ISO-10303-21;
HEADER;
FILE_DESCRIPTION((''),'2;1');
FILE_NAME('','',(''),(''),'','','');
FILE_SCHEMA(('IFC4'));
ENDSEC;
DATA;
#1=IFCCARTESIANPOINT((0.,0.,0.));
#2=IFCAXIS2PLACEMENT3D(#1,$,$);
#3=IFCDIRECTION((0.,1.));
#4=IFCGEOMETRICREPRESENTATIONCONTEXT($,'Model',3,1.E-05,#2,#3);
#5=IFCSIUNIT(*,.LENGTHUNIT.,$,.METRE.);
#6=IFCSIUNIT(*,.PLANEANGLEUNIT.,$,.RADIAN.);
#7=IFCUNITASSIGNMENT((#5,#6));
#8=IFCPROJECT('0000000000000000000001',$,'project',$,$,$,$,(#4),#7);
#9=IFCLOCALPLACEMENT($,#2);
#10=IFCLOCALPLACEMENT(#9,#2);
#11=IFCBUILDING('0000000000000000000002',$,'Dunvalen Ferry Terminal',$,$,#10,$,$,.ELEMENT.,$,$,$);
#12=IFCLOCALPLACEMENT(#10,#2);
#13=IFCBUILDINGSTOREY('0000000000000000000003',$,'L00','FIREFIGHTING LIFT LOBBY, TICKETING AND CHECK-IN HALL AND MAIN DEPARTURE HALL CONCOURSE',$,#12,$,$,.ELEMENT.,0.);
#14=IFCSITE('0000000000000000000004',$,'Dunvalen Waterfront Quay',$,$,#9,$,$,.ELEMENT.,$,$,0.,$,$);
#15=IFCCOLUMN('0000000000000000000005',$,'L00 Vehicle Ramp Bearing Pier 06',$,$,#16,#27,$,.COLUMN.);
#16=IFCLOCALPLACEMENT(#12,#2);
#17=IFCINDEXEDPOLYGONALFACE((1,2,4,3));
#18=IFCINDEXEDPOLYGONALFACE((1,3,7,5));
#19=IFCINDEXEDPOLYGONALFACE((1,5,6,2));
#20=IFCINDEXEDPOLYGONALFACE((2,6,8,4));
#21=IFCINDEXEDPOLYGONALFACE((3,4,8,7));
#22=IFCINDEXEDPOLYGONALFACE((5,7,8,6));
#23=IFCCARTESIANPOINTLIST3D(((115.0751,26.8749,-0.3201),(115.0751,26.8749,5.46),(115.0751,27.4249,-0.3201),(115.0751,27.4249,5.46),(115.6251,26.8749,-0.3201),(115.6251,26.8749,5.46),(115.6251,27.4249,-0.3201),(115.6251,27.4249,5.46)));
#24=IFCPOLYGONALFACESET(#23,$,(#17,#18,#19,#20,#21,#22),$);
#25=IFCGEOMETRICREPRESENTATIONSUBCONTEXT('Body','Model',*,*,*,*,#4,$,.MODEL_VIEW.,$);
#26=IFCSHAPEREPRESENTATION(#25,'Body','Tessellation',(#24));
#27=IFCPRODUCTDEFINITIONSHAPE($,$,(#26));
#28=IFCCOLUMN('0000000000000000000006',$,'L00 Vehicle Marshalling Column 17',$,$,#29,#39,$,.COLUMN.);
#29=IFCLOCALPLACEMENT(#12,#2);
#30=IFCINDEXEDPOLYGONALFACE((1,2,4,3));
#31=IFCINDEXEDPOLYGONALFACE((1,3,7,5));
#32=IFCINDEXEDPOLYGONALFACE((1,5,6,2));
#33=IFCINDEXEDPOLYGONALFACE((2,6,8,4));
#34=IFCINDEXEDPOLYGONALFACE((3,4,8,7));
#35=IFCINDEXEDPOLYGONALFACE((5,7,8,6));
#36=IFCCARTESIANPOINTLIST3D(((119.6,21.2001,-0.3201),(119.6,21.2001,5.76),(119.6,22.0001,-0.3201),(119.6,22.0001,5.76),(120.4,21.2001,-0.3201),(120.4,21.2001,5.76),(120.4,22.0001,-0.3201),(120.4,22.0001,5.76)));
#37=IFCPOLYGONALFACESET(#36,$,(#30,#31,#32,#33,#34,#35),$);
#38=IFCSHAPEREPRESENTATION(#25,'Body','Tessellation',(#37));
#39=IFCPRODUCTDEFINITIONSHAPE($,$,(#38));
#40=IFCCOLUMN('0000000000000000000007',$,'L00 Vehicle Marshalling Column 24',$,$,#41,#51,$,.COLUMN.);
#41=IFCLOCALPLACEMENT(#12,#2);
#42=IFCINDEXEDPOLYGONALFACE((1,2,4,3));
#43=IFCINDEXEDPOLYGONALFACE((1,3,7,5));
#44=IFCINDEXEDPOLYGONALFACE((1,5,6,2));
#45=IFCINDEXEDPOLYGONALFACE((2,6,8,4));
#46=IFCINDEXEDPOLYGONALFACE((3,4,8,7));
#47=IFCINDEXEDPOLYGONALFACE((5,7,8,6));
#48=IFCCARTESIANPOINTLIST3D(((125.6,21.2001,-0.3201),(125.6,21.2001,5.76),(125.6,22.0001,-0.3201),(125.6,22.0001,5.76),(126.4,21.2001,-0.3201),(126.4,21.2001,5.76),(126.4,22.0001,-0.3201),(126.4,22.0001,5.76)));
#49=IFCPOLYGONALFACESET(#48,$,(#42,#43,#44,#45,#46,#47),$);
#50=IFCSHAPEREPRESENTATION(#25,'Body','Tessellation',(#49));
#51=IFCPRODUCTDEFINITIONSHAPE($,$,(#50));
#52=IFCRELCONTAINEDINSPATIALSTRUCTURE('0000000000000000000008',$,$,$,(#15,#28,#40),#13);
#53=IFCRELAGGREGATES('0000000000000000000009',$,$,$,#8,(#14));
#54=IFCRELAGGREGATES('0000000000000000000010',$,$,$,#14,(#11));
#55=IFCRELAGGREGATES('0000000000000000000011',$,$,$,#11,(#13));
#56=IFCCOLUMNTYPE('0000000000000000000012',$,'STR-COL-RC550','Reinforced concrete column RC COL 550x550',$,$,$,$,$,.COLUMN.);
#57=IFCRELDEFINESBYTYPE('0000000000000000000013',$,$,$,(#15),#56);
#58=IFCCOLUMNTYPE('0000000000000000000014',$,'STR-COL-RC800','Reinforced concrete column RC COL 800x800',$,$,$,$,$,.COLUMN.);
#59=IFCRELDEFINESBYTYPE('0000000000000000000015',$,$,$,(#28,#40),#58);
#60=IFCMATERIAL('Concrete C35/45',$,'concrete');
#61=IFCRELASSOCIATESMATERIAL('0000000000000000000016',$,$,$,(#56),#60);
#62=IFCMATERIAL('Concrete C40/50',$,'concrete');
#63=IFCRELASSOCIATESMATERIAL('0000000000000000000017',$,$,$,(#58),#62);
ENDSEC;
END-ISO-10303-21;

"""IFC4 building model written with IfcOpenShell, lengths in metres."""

from ifc_helpers import new_model, si_unit, direction, frame, origin, origin_2d, place, context, subcontext, project, spatial, rectangle, extrude, material, material_profile, profile_set, type_object, element, save


model = new_model("IFC4")

# Units and contexts
model_context = context("Model", 3, precision=1e-05, world=origin(), true_north=direction((0.0, 1.0)))
body_context = subcontext(model_context, "Body", "Model", "MODEL_VIEW")
ifc_project = project(units=[si_unit("LENGTHUNIT", "METRE"), si_unit("PLANEANGLEUNIT", "RADIAN")], contexts=[model_context])

# Site, building, storey
site_placement = place(None, origin())
site = spatial("IfcSite", under=ifc_project, at=site_placement, Name="Dunvalen Waterfront Quay", CompositionType="ELEMENT", RefElevation=0.0)
building_placement = place(site_placement, origin())
building = spatial("IfcBuilding", under=site, at=building_placement, Name="Dunvalen Ferry Terminal", CompositionType="ELEMENT")
storey_placement = place(building_placement, origin())
storey = spatial("IfcBuildingStorey", under=building, at=storey_placement, Name="L00", Description="FIREFIGHTING LIFT LOBBY, TICKETING AND CHECK-IN HALL AND MAIN DEPARTURE HALL CONCOURSE", CompositionType="ELEMENT", Elevation=0.0)

# Shared definitions
ifc_material_1 = material(Name="Concrete C40/50", Category="concrete")

# Columns
ifc_material_2 = material(Name="Concrete C35/45", Category="concrete")
ifc_material_profile_1 = material_profile(ifc_material_2, rectangle(XDim=0.55, YDim=0.55, at=origin_2d()), Name="Concrete C35/45")
ifc_profile_set_1 = profile_set([ifc_material_profile_1], Name="Concrete C35/45")
column_type_1 = type_object("IfcColumnType", Name="STR-COL-RC550", Description="Reinforced concrete column RC COL 550x550", PredefinedType="COLUMN", material=ifc_profile_set_1)
column_placement = place(storey_placement, frame((115.3501, 27.1499, -0.3201), z_axis=(0.0, 0.0, 1.0), x_axis=(1.0, 0.0, 0.0)))
element("IfcColumn", 1, at=column_placement, inside=storey, type_object=column_type_1, Name="L00 Vehicle Ramp Bearing Pier 06", PredefinedType="COLUMN", context=body_context, shape_type="SweptSolid", body=[
    extrude(rectangle(XDim=0.55, YDim=0.55, at=origin_2d()), origin(), (0.0, 0.0, 1.0), 5.78),
])
ifc_material_profile_2 = material_profile(ifc_material_1, rectangle(XDim=0.8, YDim=0.8, at=origin_2d()), Name="Concrete C40/50")
ifc_profile_set_2 = profile_set([ifc_material_profile_2], Name="Concrete C40/50")
column_type_2 = type_object("IfcColumnType", Name="STR-COL-RC800", Description="Reinforced concrete column RC COL 800x800", PredefinedType="COLUMN", material=ifc_profile_set_2)
for number, where, z_axis, x_axis, name in (
    (2, (120.0, 21.6001, -0.3201), (0.0, 0.0, 1.0), (1.0, 0.0, 0.0), "L00 Vehicle Marshalling Column 17"),
    (3, (126.0, 21.6001, -0.3201), (0.0, 0.0, 1.0), (1.0, 0.0, 0.0), "L00 Vehicle Marshalling Column 24"),
):
    element("IfcColumn", number, at=place(storey_placement, frame(where, z_axis=z_axis, x_axis=x_axis)), inside=storey, type_object=column_type_2, Name=name, PredefinedType="COLUMN", context=body_context, shape_type="SweptSolid", body=[
        extrude(rectangle(XDim=0.8, YDim=0.8, at=origin_2d()), origin(), (0.0, 0.0, 1.0), 6.0801),
    ])

save(model, "model.ifc")
